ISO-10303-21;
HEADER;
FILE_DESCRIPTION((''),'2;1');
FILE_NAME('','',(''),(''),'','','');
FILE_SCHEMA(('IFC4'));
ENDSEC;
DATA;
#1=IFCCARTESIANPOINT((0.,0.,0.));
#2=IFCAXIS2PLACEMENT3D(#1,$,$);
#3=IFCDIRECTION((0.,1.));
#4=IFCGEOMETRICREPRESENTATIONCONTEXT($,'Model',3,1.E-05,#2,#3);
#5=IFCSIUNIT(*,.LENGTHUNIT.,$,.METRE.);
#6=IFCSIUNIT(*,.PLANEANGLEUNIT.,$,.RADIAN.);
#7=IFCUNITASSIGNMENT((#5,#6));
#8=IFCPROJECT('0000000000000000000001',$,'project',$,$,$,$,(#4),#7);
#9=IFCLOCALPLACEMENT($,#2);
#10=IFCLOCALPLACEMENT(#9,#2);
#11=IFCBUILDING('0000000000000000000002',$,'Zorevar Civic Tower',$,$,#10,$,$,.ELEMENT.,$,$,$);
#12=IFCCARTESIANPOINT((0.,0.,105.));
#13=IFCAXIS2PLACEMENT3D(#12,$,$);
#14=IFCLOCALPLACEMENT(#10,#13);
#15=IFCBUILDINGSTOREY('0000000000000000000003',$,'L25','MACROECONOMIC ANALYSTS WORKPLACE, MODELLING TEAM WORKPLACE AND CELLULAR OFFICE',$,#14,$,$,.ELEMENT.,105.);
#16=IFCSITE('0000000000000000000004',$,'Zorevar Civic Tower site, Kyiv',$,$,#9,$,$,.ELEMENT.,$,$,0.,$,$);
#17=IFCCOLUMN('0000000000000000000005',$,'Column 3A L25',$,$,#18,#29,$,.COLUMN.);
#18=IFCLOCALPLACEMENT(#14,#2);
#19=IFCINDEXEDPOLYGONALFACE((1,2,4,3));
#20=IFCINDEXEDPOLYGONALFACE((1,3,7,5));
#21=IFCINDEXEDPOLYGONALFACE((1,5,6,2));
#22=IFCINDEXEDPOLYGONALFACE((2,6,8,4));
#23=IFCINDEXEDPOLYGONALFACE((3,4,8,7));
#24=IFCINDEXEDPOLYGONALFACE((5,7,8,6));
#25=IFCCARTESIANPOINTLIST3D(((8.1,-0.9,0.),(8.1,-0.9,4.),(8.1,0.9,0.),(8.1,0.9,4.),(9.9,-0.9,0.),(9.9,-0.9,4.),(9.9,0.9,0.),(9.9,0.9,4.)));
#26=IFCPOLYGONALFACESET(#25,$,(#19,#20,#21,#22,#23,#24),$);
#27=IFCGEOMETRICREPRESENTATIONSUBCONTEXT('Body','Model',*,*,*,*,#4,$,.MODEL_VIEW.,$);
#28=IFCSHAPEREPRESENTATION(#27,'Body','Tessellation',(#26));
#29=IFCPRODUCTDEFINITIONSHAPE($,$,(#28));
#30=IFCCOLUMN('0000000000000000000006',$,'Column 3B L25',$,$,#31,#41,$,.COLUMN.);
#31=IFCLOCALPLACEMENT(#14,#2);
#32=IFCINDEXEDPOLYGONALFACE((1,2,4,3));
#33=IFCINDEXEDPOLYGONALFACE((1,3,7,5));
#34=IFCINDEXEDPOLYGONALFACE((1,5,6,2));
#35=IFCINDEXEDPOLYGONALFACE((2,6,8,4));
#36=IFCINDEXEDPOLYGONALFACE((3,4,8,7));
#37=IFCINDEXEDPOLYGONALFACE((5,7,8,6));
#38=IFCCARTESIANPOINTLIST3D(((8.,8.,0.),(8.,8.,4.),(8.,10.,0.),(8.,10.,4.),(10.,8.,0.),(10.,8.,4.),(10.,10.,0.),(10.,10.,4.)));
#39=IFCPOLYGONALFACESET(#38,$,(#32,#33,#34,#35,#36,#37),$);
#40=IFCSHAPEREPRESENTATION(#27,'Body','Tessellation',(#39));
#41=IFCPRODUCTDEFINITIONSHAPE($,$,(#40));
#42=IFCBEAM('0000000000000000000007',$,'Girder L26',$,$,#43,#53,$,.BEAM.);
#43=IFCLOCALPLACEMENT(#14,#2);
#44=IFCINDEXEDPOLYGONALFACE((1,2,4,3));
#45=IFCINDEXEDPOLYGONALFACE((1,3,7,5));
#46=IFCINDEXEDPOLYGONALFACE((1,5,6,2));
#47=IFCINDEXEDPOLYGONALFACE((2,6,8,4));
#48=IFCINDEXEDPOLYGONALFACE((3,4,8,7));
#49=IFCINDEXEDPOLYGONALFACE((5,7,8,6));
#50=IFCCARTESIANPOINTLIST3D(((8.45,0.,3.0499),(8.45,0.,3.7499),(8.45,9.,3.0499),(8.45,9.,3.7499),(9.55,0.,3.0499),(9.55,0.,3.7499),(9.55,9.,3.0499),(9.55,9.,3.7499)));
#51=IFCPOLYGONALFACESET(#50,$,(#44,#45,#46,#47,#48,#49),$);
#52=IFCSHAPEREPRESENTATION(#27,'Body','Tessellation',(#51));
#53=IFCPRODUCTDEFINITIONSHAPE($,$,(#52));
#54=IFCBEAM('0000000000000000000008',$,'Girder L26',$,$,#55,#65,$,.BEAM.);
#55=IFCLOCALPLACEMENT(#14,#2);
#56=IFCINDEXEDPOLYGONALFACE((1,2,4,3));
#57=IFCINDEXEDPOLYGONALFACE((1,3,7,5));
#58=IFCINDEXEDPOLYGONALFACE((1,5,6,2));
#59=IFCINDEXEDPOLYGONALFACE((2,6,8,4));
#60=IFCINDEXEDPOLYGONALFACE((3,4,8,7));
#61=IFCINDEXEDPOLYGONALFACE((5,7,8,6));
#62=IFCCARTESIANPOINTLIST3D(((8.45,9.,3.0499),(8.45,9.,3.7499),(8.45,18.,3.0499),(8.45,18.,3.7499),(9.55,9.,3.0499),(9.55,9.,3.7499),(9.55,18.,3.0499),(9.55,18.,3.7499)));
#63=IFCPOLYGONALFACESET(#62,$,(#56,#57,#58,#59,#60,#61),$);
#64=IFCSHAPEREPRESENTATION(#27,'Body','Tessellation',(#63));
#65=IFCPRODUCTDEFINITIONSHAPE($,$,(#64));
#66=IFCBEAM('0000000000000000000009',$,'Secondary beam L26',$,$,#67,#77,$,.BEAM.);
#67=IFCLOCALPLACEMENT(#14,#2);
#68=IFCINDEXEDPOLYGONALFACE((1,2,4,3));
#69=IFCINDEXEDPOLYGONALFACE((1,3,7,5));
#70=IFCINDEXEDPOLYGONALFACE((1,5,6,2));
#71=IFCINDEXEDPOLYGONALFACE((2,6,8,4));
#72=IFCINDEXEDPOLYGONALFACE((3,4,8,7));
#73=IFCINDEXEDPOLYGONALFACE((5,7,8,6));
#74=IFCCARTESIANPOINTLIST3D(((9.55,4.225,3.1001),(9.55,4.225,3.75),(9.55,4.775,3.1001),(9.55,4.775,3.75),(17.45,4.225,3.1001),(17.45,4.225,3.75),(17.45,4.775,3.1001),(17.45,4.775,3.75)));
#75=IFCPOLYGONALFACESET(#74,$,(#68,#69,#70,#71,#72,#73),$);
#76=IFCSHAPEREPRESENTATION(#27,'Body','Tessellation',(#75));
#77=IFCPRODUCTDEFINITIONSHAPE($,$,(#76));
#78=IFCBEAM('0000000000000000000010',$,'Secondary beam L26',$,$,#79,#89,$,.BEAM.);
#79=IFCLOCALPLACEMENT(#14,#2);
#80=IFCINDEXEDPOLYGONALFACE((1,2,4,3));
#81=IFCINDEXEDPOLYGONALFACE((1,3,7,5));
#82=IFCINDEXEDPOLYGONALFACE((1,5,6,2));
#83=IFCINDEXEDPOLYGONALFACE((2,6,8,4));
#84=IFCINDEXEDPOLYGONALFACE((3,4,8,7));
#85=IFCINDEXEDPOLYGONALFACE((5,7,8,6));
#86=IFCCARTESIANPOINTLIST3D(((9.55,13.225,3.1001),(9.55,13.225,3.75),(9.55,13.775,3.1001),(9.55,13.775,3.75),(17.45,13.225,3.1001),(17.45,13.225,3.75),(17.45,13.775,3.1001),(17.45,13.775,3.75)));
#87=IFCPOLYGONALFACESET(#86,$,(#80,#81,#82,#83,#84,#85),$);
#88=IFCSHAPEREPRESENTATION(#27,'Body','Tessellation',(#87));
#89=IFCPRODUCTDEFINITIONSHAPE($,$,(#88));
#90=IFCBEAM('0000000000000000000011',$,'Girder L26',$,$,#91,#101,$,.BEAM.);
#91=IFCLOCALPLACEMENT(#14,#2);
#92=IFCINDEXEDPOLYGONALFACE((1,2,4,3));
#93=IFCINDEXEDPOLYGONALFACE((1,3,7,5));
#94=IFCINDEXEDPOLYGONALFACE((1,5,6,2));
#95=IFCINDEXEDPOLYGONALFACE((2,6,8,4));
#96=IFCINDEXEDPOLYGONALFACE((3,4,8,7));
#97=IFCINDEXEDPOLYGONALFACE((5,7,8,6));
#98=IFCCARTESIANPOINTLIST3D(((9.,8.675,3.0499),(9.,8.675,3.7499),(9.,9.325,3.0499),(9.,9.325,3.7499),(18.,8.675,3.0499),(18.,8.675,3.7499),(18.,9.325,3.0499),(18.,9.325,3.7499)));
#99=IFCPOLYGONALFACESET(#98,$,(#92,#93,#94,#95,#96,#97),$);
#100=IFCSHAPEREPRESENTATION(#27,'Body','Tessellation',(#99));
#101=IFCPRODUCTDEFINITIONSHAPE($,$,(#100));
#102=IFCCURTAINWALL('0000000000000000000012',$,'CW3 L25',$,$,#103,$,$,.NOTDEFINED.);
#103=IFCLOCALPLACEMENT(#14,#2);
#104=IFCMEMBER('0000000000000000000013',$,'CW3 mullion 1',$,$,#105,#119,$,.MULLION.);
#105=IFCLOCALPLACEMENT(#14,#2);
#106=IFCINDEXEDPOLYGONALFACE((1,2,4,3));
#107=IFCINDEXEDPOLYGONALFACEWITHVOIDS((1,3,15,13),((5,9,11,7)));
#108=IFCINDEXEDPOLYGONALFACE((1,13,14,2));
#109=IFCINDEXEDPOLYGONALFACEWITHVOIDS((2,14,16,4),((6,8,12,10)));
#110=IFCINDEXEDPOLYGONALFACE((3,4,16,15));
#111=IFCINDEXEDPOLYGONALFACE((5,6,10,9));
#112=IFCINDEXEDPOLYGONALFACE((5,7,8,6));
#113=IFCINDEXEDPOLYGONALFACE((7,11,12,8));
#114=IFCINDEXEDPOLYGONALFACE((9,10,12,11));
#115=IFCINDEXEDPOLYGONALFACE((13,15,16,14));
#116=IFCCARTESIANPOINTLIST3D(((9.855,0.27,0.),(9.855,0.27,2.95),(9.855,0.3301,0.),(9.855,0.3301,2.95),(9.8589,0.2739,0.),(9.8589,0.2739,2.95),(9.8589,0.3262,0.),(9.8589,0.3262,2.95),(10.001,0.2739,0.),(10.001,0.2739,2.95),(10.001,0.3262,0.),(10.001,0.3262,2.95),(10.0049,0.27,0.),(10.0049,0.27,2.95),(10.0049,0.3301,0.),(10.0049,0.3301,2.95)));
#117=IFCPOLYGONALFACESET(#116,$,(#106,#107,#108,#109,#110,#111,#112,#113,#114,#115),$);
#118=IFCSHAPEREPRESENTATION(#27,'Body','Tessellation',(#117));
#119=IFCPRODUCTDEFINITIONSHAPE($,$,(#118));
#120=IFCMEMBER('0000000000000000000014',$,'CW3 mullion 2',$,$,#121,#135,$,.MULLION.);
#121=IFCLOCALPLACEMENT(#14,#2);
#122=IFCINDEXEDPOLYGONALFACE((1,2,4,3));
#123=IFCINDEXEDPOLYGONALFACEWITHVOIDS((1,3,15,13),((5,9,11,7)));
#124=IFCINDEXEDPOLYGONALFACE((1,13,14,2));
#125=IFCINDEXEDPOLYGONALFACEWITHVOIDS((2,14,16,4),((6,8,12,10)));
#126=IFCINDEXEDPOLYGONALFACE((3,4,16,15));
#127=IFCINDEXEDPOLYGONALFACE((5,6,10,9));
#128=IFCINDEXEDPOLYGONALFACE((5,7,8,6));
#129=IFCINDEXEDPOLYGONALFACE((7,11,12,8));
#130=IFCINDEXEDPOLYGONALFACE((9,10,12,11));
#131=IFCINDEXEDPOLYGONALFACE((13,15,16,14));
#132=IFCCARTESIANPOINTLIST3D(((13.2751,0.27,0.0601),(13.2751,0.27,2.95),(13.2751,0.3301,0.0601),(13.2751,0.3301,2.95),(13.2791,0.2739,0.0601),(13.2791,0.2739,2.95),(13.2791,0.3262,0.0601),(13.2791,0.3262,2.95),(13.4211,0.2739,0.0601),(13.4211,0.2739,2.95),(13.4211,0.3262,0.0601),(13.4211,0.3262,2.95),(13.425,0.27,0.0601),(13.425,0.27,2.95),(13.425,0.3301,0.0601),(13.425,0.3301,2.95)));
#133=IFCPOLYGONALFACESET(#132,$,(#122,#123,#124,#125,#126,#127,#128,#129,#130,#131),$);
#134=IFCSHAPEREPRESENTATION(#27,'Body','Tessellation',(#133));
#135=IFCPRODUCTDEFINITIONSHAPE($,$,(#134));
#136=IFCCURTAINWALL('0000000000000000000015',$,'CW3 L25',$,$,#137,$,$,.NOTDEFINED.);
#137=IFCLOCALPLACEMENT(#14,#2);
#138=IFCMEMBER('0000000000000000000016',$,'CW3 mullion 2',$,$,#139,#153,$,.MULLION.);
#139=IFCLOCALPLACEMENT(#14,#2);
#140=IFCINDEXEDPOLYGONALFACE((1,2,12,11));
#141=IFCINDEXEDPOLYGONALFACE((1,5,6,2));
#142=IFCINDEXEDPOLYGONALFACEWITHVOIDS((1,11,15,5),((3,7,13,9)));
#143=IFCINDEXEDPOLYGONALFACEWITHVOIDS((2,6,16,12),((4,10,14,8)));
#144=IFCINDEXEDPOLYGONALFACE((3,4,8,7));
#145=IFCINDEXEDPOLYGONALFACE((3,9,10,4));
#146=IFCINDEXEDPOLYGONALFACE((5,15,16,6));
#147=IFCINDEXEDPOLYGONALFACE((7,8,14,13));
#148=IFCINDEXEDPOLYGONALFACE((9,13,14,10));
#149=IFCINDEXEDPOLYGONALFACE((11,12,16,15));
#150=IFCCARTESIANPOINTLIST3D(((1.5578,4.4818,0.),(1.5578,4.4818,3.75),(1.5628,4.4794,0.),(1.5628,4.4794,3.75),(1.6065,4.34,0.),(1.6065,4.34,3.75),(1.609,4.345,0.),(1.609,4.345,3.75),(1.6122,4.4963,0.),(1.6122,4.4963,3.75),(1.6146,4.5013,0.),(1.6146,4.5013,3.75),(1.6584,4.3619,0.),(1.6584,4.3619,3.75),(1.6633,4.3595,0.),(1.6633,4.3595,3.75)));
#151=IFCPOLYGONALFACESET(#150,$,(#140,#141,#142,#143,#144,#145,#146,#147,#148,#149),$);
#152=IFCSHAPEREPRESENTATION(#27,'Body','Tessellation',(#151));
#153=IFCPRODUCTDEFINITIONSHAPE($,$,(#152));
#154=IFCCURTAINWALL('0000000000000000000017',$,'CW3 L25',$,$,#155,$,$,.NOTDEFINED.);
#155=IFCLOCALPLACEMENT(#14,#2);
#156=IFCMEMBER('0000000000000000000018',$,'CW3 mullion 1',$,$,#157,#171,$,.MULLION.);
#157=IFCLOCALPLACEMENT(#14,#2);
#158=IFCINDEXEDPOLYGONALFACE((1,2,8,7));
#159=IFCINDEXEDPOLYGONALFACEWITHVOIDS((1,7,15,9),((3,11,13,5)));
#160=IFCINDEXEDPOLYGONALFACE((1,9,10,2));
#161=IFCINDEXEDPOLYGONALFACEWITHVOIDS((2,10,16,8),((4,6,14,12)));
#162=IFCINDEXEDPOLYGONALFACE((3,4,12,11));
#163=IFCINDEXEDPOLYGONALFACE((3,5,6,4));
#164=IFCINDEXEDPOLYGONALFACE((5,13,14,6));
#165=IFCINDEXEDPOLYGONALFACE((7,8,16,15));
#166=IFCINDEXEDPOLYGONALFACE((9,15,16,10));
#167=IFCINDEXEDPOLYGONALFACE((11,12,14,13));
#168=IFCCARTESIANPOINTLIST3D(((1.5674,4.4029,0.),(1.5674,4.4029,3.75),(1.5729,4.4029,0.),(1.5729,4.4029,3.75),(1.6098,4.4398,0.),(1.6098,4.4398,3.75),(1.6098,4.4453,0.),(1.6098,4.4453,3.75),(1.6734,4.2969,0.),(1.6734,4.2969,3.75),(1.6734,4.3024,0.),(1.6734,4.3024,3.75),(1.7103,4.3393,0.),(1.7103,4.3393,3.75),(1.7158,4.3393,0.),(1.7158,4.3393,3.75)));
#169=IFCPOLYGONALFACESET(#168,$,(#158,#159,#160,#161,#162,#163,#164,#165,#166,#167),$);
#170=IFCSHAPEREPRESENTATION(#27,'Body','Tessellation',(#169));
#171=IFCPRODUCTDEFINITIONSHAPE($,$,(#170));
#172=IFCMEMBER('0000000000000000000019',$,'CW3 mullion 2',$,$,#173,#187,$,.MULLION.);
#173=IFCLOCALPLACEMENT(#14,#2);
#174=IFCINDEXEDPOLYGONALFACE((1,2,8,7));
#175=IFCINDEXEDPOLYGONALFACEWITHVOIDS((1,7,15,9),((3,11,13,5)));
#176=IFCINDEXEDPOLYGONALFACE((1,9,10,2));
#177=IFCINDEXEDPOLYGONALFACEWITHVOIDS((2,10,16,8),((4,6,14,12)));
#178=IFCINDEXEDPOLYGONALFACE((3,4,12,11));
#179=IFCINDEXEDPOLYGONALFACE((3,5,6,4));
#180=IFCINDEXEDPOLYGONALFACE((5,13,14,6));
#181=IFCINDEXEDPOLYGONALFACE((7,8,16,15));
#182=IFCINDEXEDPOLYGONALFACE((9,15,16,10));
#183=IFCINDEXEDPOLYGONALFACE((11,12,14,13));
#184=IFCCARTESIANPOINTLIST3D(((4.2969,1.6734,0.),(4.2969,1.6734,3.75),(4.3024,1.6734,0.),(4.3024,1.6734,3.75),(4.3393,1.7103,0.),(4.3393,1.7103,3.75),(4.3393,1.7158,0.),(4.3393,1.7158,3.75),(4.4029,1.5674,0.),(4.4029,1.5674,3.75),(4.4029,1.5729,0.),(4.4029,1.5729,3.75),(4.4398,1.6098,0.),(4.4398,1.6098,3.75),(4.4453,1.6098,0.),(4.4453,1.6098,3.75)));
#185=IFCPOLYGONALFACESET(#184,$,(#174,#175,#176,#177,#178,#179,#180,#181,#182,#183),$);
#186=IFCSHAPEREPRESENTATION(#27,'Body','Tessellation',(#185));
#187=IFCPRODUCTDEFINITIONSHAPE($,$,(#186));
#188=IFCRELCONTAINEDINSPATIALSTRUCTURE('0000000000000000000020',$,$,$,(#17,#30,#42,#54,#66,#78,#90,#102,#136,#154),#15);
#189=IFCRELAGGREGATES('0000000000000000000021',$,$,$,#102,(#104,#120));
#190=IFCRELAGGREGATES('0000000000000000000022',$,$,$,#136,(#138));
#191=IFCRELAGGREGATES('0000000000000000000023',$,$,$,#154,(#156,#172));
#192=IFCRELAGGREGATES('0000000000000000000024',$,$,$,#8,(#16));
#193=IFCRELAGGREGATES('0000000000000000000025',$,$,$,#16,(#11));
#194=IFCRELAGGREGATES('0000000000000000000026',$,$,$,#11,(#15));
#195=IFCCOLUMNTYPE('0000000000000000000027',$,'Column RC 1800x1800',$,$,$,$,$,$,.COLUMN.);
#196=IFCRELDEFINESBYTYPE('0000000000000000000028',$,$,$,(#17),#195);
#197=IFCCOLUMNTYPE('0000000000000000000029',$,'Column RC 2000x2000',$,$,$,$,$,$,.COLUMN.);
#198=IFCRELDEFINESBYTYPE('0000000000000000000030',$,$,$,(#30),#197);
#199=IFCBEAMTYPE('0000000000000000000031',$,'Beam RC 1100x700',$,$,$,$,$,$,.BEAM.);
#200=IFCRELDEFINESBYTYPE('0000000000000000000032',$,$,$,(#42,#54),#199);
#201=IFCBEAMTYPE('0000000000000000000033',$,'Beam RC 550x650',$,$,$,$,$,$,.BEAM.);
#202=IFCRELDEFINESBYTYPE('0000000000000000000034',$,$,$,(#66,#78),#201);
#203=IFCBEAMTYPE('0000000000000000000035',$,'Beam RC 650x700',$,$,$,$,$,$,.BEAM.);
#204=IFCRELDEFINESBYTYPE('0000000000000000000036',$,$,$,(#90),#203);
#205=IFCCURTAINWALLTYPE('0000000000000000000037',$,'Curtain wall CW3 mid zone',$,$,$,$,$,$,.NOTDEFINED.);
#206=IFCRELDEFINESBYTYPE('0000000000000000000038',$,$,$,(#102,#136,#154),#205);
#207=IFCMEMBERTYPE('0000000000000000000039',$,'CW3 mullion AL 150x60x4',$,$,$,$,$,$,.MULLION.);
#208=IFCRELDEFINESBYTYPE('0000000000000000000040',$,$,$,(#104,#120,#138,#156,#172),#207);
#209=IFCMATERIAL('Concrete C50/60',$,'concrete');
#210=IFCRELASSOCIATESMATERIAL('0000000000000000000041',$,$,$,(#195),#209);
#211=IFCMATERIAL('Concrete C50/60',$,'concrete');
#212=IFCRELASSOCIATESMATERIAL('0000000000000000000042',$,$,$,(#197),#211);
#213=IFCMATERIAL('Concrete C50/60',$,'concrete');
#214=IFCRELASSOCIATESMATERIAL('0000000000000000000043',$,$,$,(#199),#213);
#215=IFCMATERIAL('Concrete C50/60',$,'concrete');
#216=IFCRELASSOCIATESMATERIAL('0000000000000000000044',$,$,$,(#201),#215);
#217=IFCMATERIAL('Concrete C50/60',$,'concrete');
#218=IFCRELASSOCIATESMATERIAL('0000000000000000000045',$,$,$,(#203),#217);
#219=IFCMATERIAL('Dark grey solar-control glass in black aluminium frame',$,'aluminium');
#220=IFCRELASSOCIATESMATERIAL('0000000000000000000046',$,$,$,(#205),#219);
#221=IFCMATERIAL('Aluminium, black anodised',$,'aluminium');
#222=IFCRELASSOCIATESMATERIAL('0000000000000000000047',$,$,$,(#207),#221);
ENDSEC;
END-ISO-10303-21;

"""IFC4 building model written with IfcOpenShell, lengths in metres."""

from ifc_helpers import new_model, si_unit, direction, frame, origin, origin_2d, place, context, subcontext, project, spatial, rectangle, hollow_rectangle, extrude, material, material_profile, profile_set, type_object, element, aggregate, save


model = new_model("IFC4")

# Units and contexts
model_context = context("Model", 3, precision=1e-05, world=origin(), true_north=direction((0.0, 1.0)))
body_context = subcontext(model_context, "Body", "Model", "MODEL_VIEW")
ifc_project = project(units=[si_unit("LENGTHUNIT", "METRE"), si_unit("PLANEANGLEUNIT", "RADIAN")], contexts=[model_context])

# Site, building, storey
site_placement = place(None, origin())
site = spatial("IfcSite", under=ifc_project, at=site_placement, Name="Zorevar Civic Tower site, Kyiv", CompositionType="ELEMENT", RefElevation=0.0)
building_placement = place(site_placement, origin())
building = spatial("IfcBuilding", under=site, at=building_placement, Name="Zorevar Civic Tower", CompositionType="ELEMENT")
storey_placement = place(building_placement, frame((0.0, 0.0, 105.0)))
storey = spatial("IfcBuildingStorey", under=building, at=storey_placement, Name="L25", Description="MACROECONOMIC ANALYSTS WORKPLACE, MODELLING TEAM WORKPLACE AND CELLULAR OFFICE", CompositionType="ELEMENT", Elevation=105.0)

# Columns
ifc_material_1 = material(Name="Concrete C50/60", Category="concrete")
ifc_material_profile_1 = material_profile(ifc_material_1, rectangle(XDim=1.8, YDim=1.8, at=origin_2d()), Name="RC 1800x1800")
ifc_profile_set_1 = profile_set([ifc_material_profile_1], Name="Concrete C50/60")
column_type_1 = type_object("IfcColumnType", Name="Column RC 1800x1800", PredefinedType="COLUMN", material=ifc_profile_set_1)
column_1_placement = place(storey_placement, frame((9.0, 0.0, 0.0), z_axis=(0.0, 0.0, 1.0), x_axis=(1.0, 0.0, 0.0)))
element("IfcColumn", 1, at=column_1_placement, inside=storey, type_object=column_type_1, Name="Column 3A L25", PredefinedType="COLUMN", context=body_context, shape_type="SweptSolid", body=[
    extrude(rectangle(XDim=1.8, YDim=1.8, at=origin_2d()), origin(), (0.0, 0.0, 1.0), 4.0),
])
ifc_material_2 = material(Name="Concrete C50/60", Category="concrete")
ifc_material_profile_2 = material_profile(ifc_material_2, rectangle(XDim=2.0, YDim=2.0, at=origin_2d()), Name="RC 2000x2000")
ifc_profile_set_2 = profile_set([ifc_material_profile_2], Name="Concrete C50/60")
column_type_2 = type_object("IfcColumnType", Name="Column RC 2000x2000", PredefinedType="COLUMN", material=ifc_profile_set_2)
column_2_placement = place(storey_placement, frame((9.0, 9.0, 0.0), z_axis=(0.0, 0.0, 1.0), x_axis=(1.0, 0.0, 0.0)))
element("IfcColumn", 2, at=column_2_placement, inside=storey, type_object=column_type_2, Name="Column 3B L25", PredefinedType="COLUMN", context=body_context, shape_type="SweptSolid", body=[
    extrude(rectangle(XDim=2.0, YDim=2.0, at=origin_2d()), origin(), (0.0, 0.0, 1.0), 4.0),
])

# Beams
ifc_material_3 = material(Name="Concrete C50/60", Category="concrete")
ifc_material_profile_3 = material_profile(ifc_material_3, rectangle(XDim=1.1001, YDim=0.7, at=origin_2d()), Name="RC 1100x700")
ifc_profile_set_3 = profile_set([ifc_material_profile_3], Name="Concrete C50/60")
beam_type_1 = type_object("IfcBeamType", Name="Beam RC 1100x700", PredefinedType="BEAM", material=ifc_profile_set_3)
for number, where, z_axis, x_axis, name in (
    (3, (9.0, 0.0, 3.3999), (0.0, 1.0, 0.0), (-1.0, 0.0, 0.0), "Girder L26"),
    (4, (9.0, 9.0, 3.3999), (0.0, 1.0, 0.0), (-1.0, 0.0, 0.0), "Girder L26"),
):
    element("IfcBeam", number, at=place(storey_placement, frame(where, z_axis=z_axis, x_axis=x_axis)), inside=storey, type_object=beam_type_1, Name=name, PredefinedType="BEAM", context=body_context, shape_type="SweptSolid", body=[
        extrude(rectangle(XDim=1.1001, YDim=0.7, at=origin_2d()), origin(), (0.0, 0.0, 1.0), 9.0),
    ])
ifc_material_4 = material(Name="Concrete C50/60", Category="concrete")
ifc_material_profile_4 = material_profile(ifc_material_4, rectangle(XDim=0.55, YDim=0.6499, at=origin_2d()), Name="RC 550x650")
ifc_profile_set_4 = profile_set([ifc_material_profile_4], Name="Concrete C50/60")
beam_type_2 = type_object("IfcBeamType", Name="Beam RC 550x650", PredefinedType="BEAM", material=ifc_profile_set_4)
for number, where, z_axis, x_axis, name in (
    (5, (9.55, 4.5, 3.425), (1.0, 0.0, 0.0), (0.0, 1.0, 0.0), "Secondary beam L26"),
    (6, (9.55, 13.5, 3.425), (1.0, 0.0, 0.0), (0.0, 1.0, 0.0), "Secondary beam L26"),
):
    element("IfcBeam", number, at=place(storey_placement, frame(where, z_axis=z_axis, x_axis=x_axis)), inside=storey, type_object=beam_type_2, Name=name, PredefinedType="BEAM", context=body_context, shape_type="SweptSolid", body=[
        extrude(rectangle(XDim=0.55, YDim=0.6499, at=origin_2d()), origin(), (0.0, 0.0, 1.0), 7.8999),
    ])
ifc_material_5 = material(Name="Concrete C50/60", Category="concrete")
ifc_material_profile_5 = material_profile(ifc_material_5, rectangle(XDim=0.6499, YDim=0.7, at=origin_2d()), Name="RC 650x700")
ifc_profile_set_5 = profile_set([ifc_material_profile_5], Name="Concrete C50/60")
beam_type_3 = type_object("IfcBeamType", Name="Beam RC 650x700", PredefinedType="BEAM", material=ifc_profile_set_5)
beam_1_placement = place(storey_placement, frame((9.0, 9.0, 3.3999), z_axis=(1.0, 0.0, 0.0), x_axis=(0.0, 1.0, 0.0)))
element("IfcBeam", 7, at=beam_1_placement, inside=storey, type_object=beam_type_3, Name="Girder L26", PredefinedType="BEAM", context=body_context, shape_type="SweptSolid", body=[
    extrude(rectangle(XDim=0.6499, YDim=0.7, at=origin_2d()), origin(), (0.0, 0.0, 1.0), 9.0),
])

# Curtain wall, members
ifc_material_6 = material(Name="Dark grey solar-control glass in black aluminium frame", Category="aluminium")
curtain_wall_type = type_object("IfcCurtainWallType", Name="Curtain wall CW3 mid zone", PredefinedType="NOTDEFINED", material=ifc_material_6)
curtain_wall_1_placement = place(storey_placement, origin())
curtain_wall_1 = element("IfcCurtainWall", 8, at=curtain_wall_1_placement, inside=storey, type_object=curtain_wall_type, Name="CW3 L25", PredefinedType="NOTDEFINED")
ifc_material_7 = material(Name="Aluminium, black anodised", Category="aluminium")
ifc_material_profile_6 = material_profile(ifc_material_7, hollow_rectangle(XDim=0.0601, YDim=0.1499, WallThickness=0.0039, at=origin_2d()), Name="AL 150x60x4")
ifc_profile_set_6 = profile_set([ifc_material_profile_6], Name="Aluminium, black anodised")
member_type_1 = type_object("IfcMemberType", Name="CW3 mullion AL 150x60x4", PredefinedType="MULLION", material=ifc_profile_set_6)
member_1_placement = place(storey_placement, frame((9.9299, 0.3, 0.0), z_axis=(0.0, 0.0, 1.0), x_axis=(0.0, 1.0, 0.0)))
member_1 = element("IfcMember", 9, at=member_1_placement, type_object=member_type_1, Name="CW3 mullion 1", PredefinedType="MULLION", context=body_context, shape_type="SweptSolid", body=[
    extrude(hollow_rectangle(XDim=0.0601, YDim=0.1499, WallThickness=0.0039, at=origin_2d()), origin(), (0.0, 0.0, 1.0), 2.95),
])
member_2_placement = place(storey_placement, frame((13.3501, 0.3, 0.0601), z_axis=(0.0, 0.0, 1.0), x_axis=(0.0, 1.0, 0.0)))
member_2 = element("IfcMember", 10, at=member_2_placement, type_object=member_type_1, Name="CW3 mullion 2", PredefinedType="MULLION", context=body_context, shape_type="SweptSolid", body=[
    extrude(hollow_rectangle(XDim=0.0601, YDim=0.1499, WallThickness=0.0039, at=origin_2d()), origin(), (0.0, 0.0, 1.0), 2.8899),
])

# Curtain wall, member
curtain_wall_2_placement = place(storey_placement, origin())
curtain_wall_2 = element("IfcCurtainWall", 11, at=curtain_wall_2_placement, inside=storey, type_object=curtain_wall_type, Name="CW3 L25", PredefinedType="NOTDEFINED")
member_3_placement = place(storey_placement, frame((1.6106, 4.4207, 0.0), z_axis=(0.0, 0.0, 1.0), x_axis=(0.945756, 0.324878, 0.0)))
member_3 = element("IfcMember", 12, at=member_3_placement, type_object=member_type_1, Name="CW3 mullion 2", PredefinedType="MULLION", context=body_context, shape_type="SweptSolid", body=[
    extrude(hollow_rectangle(XDim=0.0601, YDim=0.1499, WallThickness=0.0039, at=origin_2d()), origin(), (0.0, 0.0, 1.0), 3.75),
])

# Curtain wall, members
curtain_wall_3_placement = place(storey_placement, origin())
curtain_wall_3 = element("IfcCurtainWall", 13, at=curtain_wall_3_placement, inside=storey, type_object=curtain_wall_type, Name="CW3 L25", PredefinedType="NOTDEFINED")
member_4_placement = place(storey_placement, frame((1.6416, 4.3711, 0.0), z_axis=(0.0, 0.0, 1.0), x_axis=(0.707107, 0.707107, 0.0)))
member_4 = element("IfcMember", 14, at=member_4_placement, type_object=member_type_1, Name="CW3 mullion 1", PredefinedType="MULLION", context=body_context, shape_type="SweptSolid", body=[
    extrude(hollow_rectangle(XDim=0.0601, YDim=0.1499, WallThickness=0.0039, at=origin_2d()), origin(), (0.0, 0.0, 1.0), 3.75),
])
member_5_placement = place(storey_placement, frame((4.3711, 1.6416, 0.0), z_axis=(0.0, 0.0, 1.0), x_axis=(0.707107, 0.707107, 0.0)))
member_5 = element("IfcMember", 15, at=member_5_placement, type_object=member_type_1, Name="CW3 mullion 2", PredefinedType="MULLION", context=body_context, shape_type="SweptSolid", body=[
    extrude(hollow_rectangle(XDim=0.0601, YDim=0.1499, WallThickness=0.0039, at=origin_2d()), origin(), (0.0, 0.0, 1.0), 3.75),
])

aggregate(curtain_wall_1, [member_1, member_2])
aggregate(curtain_wall_2, [member_3])
aggregate(curtain_wall_3, [member_4, member_5])

save(model, "model.ifc")
